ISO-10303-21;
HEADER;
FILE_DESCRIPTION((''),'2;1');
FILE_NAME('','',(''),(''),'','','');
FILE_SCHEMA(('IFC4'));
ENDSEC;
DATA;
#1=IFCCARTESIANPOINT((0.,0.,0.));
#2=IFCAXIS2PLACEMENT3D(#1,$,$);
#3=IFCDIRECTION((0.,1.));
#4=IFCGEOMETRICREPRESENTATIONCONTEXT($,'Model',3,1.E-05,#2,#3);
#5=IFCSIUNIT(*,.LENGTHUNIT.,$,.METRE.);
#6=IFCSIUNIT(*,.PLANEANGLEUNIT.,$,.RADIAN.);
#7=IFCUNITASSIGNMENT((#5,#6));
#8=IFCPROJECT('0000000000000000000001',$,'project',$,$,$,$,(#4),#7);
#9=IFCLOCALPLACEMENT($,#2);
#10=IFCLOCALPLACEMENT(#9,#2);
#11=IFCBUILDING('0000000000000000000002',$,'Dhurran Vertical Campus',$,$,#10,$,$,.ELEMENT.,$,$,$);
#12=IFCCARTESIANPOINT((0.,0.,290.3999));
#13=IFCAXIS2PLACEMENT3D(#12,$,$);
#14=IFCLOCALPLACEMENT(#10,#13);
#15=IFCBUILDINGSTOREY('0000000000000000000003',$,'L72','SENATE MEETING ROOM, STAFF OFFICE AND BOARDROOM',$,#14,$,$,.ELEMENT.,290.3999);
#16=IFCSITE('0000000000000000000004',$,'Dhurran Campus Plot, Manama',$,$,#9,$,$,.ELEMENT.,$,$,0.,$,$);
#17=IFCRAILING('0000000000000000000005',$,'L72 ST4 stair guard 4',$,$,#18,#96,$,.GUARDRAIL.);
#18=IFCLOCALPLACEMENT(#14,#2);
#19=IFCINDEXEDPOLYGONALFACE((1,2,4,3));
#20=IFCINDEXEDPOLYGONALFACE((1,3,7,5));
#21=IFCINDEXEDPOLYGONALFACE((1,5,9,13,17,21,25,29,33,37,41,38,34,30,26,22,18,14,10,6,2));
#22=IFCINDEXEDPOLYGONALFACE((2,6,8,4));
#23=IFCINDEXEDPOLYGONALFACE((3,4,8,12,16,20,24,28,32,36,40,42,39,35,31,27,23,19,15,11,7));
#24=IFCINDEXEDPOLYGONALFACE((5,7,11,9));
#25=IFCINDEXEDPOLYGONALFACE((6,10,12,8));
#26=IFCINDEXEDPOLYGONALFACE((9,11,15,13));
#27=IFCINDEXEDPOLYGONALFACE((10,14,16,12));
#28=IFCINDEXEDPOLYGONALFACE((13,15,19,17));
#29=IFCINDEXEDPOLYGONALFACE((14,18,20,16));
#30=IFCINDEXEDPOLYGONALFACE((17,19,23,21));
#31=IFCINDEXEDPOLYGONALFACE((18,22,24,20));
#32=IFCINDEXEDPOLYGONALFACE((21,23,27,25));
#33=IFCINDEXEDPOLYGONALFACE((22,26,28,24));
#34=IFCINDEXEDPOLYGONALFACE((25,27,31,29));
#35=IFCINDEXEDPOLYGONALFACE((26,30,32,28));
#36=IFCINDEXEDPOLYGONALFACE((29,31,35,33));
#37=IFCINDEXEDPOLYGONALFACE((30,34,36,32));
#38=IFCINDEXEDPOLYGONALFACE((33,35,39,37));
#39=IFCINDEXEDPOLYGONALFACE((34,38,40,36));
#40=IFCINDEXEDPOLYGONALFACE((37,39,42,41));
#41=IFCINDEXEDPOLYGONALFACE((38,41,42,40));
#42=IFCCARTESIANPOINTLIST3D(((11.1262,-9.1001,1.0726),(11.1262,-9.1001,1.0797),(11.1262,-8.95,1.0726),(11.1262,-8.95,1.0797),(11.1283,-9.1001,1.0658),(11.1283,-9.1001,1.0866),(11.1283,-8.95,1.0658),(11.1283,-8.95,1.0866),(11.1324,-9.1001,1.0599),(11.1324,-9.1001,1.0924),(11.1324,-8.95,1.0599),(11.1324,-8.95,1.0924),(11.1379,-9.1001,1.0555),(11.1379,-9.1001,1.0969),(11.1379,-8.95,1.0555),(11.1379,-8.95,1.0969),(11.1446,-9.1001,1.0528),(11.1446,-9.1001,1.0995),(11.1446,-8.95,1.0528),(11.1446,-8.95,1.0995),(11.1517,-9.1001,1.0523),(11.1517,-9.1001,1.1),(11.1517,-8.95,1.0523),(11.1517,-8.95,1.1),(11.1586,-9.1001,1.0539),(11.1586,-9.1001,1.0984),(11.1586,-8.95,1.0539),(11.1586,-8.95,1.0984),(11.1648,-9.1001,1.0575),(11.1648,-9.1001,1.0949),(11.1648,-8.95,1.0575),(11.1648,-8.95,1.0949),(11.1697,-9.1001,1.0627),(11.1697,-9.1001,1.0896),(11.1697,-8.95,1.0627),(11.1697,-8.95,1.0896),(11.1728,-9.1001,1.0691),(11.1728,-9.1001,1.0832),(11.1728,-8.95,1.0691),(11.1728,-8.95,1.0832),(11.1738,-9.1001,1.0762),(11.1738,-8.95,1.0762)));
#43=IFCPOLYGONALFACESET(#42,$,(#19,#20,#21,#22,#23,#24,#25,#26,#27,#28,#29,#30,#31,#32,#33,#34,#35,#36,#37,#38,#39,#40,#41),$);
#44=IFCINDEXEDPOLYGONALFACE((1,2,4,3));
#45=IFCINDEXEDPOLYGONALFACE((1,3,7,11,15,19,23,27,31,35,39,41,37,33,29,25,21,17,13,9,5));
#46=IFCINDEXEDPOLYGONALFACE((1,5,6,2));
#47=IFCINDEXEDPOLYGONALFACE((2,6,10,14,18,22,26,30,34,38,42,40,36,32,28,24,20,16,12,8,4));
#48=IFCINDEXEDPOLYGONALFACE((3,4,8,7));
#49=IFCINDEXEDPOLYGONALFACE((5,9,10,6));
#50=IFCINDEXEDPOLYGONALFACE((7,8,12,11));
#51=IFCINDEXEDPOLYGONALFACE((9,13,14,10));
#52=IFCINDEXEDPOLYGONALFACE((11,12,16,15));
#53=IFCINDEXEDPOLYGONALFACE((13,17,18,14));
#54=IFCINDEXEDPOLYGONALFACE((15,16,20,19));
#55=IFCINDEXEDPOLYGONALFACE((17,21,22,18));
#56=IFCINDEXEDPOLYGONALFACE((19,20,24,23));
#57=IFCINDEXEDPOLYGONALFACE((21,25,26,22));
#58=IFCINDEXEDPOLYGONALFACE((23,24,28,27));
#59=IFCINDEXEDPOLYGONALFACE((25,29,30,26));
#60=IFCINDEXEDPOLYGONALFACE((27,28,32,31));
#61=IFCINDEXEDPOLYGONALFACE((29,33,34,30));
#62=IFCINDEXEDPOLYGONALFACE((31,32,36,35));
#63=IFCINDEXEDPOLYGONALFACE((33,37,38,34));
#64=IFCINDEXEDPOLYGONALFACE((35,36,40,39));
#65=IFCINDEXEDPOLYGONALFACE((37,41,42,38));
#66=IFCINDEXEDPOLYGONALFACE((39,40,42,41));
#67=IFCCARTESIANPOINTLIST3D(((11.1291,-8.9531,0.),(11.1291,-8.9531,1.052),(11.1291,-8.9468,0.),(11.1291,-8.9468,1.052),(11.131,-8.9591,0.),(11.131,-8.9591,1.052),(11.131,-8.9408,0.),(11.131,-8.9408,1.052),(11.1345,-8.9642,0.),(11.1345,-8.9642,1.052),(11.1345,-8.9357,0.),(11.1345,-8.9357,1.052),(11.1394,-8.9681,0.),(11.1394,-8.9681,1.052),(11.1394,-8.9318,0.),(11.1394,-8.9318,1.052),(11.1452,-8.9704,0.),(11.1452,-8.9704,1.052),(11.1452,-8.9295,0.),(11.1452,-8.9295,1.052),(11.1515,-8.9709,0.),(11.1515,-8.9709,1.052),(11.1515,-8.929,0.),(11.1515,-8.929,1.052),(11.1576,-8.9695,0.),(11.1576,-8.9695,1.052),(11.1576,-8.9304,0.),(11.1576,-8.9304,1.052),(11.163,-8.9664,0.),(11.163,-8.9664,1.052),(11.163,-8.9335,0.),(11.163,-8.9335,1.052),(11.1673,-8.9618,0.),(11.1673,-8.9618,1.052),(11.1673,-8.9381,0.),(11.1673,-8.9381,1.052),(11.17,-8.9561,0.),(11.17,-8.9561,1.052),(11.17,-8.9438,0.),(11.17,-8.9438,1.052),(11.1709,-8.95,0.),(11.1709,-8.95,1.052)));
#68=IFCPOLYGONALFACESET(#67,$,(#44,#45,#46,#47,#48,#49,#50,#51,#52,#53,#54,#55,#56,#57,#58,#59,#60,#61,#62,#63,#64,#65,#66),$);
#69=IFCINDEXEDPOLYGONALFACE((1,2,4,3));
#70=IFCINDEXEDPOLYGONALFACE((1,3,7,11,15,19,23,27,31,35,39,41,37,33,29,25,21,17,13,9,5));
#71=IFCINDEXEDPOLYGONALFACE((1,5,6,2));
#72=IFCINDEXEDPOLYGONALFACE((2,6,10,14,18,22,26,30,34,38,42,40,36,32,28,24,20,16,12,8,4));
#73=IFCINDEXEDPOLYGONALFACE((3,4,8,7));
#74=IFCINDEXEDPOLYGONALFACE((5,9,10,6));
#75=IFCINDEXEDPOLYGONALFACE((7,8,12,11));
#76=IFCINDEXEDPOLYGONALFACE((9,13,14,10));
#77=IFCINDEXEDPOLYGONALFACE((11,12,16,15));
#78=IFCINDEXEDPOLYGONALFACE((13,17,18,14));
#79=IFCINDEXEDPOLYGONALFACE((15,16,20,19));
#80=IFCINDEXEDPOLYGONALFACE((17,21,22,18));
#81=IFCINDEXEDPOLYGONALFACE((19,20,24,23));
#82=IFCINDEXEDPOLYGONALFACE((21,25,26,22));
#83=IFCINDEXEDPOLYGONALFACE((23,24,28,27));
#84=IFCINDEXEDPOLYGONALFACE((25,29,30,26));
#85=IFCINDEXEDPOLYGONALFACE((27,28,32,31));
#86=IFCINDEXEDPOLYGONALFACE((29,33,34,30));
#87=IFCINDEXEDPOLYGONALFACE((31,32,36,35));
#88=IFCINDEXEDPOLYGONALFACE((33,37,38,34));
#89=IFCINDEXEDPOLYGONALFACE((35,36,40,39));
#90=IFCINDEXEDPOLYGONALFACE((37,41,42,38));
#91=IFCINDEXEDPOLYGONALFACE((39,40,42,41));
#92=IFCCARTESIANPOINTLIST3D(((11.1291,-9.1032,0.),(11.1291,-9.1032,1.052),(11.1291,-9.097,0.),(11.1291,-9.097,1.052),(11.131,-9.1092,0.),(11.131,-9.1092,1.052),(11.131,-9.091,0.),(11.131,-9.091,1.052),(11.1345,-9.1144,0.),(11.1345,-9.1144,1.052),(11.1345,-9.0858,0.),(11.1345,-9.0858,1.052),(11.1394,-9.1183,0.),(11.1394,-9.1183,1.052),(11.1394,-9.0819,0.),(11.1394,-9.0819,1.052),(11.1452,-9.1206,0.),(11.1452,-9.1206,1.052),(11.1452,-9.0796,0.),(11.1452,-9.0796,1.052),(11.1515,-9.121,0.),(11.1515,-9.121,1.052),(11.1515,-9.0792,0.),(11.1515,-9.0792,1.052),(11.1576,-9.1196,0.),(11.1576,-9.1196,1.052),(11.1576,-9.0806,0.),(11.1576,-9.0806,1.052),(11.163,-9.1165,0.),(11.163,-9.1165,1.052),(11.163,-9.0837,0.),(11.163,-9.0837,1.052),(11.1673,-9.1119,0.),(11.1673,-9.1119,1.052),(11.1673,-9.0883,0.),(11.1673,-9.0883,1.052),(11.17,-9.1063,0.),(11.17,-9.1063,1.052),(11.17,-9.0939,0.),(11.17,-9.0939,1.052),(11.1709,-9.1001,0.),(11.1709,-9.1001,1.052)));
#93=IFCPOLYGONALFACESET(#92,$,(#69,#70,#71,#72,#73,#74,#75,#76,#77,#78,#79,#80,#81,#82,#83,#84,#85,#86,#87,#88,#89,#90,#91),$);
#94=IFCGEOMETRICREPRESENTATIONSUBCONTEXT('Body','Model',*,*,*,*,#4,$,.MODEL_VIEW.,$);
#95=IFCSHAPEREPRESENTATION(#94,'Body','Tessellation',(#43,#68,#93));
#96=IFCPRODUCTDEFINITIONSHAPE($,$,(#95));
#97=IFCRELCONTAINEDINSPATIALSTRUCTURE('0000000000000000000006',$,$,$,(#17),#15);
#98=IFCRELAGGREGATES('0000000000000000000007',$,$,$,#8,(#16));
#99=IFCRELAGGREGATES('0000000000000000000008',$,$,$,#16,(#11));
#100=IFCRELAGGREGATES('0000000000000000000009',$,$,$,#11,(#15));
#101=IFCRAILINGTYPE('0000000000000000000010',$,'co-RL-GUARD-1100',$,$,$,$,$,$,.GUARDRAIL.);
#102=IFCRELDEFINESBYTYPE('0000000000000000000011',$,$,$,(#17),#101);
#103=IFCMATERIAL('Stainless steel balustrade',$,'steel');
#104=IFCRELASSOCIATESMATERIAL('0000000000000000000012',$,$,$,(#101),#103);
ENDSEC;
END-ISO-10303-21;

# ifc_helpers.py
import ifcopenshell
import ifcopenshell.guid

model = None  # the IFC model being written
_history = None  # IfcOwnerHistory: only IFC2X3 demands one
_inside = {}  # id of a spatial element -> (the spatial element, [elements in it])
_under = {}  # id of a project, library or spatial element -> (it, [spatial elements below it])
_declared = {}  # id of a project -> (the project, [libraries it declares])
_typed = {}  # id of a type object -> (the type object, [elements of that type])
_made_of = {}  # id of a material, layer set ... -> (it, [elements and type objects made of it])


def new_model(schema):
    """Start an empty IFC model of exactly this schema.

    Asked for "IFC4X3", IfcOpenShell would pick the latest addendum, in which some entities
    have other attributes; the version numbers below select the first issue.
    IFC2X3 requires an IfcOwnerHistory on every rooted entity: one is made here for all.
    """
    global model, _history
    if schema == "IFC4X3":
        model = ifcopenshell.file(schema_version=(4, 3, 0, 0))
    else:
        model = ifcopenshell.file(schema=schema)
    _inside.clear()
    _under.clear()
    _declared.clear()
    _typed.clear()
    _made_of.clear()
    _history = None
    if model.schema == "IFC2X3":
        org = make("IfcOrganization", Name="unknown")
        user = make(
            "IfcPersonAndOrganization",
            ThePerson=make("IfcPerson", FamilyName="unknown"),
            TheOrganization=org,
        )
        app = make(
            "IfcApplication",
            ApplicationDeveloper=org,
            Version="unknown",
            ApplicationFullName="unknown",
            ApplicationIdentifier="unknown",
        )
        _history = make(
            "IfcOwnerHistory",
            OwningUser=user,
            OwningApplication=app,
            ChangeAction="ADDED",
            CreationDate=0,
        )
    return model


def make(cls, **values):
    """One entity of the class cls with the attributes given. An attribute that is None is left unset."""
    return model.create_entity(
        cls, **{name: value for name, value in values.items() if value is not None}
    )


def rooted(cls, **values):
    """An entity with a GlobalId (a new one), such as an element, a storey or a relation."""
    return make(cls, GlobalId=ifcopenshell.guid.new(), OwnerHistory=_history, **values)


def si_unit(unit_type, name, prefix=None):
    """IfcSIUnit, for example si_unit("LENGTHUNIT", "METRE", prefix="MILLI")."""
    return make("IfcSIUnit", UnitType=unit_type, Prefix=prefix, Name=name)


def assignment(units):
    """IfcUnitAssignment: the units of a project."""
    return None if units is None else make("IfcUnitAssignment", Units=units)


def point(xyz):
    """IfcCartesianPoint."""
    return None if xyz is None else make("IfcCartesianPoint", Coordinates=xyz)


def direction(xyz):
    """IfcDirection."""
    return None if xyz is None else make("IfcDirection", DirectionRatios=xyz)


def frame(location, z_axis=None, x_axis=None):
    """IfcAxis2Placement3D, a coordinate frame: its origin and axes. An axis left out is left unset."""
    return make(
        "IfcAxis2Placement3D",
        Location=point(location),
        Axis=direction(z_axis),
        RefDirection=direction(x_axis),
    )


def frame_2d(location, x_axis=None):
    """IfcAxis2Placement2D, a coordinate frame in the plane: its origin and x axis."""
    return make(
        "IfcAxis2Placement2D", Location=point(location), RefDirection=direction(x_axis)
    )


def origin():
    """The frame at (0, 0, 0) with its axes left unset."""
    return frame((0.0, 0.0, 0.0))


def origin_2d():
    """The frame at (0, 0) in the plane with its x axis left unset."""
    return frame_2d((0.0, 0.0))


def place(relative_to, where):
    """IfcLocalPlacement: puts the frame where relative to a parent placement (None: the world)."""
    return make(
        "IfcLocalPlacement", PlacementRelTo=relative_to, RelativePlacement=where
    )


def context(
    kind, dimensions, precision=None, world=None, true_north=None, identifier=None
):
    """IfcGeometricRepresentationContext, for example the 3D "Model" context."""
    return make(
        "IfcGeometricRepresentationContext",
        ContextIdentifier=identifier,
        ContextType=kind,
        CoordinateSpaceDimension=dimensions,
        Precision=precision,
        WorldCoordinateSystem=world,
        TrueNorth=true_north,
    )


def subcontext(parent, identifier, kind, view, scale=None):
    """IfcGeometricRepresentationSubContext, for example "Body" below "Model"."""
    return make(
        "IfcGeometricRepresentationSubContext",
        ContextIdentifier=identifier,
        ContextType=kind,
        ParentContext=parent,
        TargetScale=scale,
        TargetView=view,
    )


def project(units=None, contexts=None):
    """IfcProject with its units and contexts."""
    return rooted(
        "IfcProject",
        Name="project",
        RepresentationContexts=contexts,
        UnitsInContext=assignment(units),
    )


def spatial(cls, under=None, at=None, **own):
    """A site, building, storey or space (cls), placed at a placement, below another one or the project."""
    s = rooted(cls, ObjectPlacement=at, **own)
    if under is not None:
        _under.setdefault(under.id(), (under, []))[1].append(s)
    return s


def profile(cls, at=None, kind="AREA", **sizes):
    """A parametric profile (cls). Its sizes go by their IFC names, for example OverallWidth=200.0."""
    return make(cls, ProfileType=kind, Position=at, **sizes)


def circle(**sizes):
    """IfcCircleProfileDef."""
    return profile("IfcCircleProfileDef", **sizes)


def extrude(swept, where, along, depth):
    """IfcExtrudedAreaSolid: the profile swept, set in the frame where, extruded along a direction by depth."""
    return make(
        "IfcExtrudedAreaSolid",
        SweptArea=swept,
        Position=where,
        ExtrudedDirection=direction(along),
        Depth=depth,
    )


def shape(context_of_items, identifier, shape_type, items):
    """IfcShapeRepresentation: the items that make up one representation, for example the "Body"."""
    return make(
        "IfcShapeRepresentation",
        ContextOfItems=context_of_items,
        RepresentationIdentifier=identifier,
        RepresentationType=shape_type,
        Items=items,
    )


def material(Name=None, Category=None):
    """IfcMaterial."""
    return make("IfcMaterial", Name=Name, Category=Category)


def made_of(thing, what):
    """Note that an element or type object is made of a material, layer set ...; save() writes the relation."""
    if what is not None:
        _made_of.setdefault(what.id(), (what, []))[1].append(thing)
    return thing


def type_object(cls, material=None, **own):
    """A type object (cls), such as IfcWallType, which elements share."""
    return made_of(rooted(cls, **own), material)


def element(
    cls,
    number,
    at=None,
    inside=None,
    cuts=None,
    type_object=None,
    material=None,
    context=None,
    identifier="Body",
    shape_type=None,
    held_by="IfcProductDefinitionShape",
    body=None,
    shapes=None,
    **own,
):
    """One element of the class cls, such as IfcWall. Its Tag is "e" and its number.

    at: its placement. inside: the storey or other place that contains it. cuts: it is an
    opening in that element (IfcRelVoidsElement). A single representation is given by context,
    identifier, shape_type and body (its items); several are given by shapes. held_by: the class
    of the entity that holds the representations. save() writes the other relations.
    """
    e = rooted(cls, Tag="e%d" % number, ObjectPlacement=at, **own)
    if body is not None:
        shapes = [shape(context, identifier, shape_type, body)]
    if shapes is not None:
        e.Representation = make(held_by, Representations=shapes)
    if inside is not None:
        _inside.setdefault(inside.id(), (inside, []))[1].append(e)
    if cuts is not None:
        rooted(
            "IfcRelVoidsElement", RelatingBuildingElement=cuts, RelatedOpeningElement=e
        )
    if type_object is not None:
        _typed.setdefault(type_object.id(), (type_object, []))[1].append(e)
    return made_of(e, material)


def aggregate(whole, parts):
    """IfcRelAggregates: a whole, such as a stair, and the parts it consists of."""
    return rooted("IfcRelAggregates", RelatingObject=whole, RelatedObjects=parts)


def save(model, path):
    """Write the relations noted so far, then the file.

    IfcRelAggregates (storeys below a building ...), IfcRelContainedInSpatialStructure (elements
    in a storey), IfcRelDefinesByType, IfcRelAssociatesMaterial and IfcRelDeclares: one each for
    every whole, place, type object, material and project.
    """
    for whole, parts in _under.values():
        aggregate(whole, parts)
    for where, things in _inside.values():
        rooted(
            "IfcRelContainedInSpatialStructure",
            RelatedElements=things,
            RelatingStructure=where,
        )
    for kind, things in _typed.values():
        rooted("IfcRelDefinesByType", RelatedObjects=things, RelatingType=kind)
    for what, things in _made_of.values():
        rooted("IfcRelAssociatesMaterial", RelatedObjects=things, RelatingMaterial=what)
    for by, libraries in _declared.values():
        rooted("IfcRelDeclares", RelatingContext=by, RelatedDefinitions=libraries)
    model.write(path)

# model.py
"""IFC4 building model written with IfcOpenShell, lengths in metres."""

from ifc_helpers import new_model, si_unit, direction, frame, origin, origin_2d, place, context, subcontext, project, spatial, circle, extrude, material, type_object, element, save


model = new_model("IFC4")

# Units and contexts
model_context = context("Model", 3, precision=1e-05, world=origin(), true_north=direction((0.0, 1.0)))
body_context = subcontext(model_context, "Body", "Model", "MODEL_VIEW")
ifc_project = project(units=[si_unit("LENGTHUNIT", "METRE"), si_unit("PLANEANGLEUNIT", "RADIAN")], contexts=[model_context])

# Site, building, storey
site_placement = place(None, origin())
site = spatial("IfcSite", under=ifc_project, at=site_placement, Name="Dhurran Campus Plot, Manama", CompositionType="ELEMENT", RefElevation=0.0)
building_placement = place(site_placement, origin())
building = spatial("IfcBuilding", under=site, at=building_placement, Name="Dhurran Vertical Campus", CompositionType="ELEMENT")
storey_placement = place(building_placement, frame((0.0, 0.0, 290.3999)))
storey = spatial("IfcBuildingStorey", under=building, at=storey_placement, Name="L72", Description="SENATE MEETING ROOM, STAFF OFFICE AND BOARDROOM", CompositionType="ELEMENT", Elevation=290.3999)

# Railing
ifc_material_1 = material(Name="Stainless steel balustrade", Category="steel")
railing_type_1 = type_object("IfcRailingType", Name="co-RL-GUARD-1100", PredefinedType="GUARDRAIL", material=ifc_material_1)
railing_1_placement = place(storey_placement, frame((11.1499, -8.95, 0.0)))
element("IfcRailing", 1, at=railing_1_placement, inside=storey, type_object=railing_type_1, Name="L72 ST4 stair guard 4", PredefinedType="GUARDRAIL", context=body_context, shape_type="SweptSolid", body=[
    extrude(circle(Radius=0.0239, at=origin_2d()), frame((0.0, 0.0, 1.0762), z_axis=(0.0, -1.0, 0.0), x_axis=(1.0, 0.0, 0.0)), (0.0, 0.0, 1.0), 0.1501),
    extrude(circle(Radius=0.021, at=origin_2d()), origin(), (0.0, 0.0, 1.0), 1.052),
    extrude(circle(Radius=0.021, at=origin_2d()), frame((0.0, -0.1501, 0.0)), (0.0, 0.0, 1.0), 1.052),
])

save(model, "model.ifc")
